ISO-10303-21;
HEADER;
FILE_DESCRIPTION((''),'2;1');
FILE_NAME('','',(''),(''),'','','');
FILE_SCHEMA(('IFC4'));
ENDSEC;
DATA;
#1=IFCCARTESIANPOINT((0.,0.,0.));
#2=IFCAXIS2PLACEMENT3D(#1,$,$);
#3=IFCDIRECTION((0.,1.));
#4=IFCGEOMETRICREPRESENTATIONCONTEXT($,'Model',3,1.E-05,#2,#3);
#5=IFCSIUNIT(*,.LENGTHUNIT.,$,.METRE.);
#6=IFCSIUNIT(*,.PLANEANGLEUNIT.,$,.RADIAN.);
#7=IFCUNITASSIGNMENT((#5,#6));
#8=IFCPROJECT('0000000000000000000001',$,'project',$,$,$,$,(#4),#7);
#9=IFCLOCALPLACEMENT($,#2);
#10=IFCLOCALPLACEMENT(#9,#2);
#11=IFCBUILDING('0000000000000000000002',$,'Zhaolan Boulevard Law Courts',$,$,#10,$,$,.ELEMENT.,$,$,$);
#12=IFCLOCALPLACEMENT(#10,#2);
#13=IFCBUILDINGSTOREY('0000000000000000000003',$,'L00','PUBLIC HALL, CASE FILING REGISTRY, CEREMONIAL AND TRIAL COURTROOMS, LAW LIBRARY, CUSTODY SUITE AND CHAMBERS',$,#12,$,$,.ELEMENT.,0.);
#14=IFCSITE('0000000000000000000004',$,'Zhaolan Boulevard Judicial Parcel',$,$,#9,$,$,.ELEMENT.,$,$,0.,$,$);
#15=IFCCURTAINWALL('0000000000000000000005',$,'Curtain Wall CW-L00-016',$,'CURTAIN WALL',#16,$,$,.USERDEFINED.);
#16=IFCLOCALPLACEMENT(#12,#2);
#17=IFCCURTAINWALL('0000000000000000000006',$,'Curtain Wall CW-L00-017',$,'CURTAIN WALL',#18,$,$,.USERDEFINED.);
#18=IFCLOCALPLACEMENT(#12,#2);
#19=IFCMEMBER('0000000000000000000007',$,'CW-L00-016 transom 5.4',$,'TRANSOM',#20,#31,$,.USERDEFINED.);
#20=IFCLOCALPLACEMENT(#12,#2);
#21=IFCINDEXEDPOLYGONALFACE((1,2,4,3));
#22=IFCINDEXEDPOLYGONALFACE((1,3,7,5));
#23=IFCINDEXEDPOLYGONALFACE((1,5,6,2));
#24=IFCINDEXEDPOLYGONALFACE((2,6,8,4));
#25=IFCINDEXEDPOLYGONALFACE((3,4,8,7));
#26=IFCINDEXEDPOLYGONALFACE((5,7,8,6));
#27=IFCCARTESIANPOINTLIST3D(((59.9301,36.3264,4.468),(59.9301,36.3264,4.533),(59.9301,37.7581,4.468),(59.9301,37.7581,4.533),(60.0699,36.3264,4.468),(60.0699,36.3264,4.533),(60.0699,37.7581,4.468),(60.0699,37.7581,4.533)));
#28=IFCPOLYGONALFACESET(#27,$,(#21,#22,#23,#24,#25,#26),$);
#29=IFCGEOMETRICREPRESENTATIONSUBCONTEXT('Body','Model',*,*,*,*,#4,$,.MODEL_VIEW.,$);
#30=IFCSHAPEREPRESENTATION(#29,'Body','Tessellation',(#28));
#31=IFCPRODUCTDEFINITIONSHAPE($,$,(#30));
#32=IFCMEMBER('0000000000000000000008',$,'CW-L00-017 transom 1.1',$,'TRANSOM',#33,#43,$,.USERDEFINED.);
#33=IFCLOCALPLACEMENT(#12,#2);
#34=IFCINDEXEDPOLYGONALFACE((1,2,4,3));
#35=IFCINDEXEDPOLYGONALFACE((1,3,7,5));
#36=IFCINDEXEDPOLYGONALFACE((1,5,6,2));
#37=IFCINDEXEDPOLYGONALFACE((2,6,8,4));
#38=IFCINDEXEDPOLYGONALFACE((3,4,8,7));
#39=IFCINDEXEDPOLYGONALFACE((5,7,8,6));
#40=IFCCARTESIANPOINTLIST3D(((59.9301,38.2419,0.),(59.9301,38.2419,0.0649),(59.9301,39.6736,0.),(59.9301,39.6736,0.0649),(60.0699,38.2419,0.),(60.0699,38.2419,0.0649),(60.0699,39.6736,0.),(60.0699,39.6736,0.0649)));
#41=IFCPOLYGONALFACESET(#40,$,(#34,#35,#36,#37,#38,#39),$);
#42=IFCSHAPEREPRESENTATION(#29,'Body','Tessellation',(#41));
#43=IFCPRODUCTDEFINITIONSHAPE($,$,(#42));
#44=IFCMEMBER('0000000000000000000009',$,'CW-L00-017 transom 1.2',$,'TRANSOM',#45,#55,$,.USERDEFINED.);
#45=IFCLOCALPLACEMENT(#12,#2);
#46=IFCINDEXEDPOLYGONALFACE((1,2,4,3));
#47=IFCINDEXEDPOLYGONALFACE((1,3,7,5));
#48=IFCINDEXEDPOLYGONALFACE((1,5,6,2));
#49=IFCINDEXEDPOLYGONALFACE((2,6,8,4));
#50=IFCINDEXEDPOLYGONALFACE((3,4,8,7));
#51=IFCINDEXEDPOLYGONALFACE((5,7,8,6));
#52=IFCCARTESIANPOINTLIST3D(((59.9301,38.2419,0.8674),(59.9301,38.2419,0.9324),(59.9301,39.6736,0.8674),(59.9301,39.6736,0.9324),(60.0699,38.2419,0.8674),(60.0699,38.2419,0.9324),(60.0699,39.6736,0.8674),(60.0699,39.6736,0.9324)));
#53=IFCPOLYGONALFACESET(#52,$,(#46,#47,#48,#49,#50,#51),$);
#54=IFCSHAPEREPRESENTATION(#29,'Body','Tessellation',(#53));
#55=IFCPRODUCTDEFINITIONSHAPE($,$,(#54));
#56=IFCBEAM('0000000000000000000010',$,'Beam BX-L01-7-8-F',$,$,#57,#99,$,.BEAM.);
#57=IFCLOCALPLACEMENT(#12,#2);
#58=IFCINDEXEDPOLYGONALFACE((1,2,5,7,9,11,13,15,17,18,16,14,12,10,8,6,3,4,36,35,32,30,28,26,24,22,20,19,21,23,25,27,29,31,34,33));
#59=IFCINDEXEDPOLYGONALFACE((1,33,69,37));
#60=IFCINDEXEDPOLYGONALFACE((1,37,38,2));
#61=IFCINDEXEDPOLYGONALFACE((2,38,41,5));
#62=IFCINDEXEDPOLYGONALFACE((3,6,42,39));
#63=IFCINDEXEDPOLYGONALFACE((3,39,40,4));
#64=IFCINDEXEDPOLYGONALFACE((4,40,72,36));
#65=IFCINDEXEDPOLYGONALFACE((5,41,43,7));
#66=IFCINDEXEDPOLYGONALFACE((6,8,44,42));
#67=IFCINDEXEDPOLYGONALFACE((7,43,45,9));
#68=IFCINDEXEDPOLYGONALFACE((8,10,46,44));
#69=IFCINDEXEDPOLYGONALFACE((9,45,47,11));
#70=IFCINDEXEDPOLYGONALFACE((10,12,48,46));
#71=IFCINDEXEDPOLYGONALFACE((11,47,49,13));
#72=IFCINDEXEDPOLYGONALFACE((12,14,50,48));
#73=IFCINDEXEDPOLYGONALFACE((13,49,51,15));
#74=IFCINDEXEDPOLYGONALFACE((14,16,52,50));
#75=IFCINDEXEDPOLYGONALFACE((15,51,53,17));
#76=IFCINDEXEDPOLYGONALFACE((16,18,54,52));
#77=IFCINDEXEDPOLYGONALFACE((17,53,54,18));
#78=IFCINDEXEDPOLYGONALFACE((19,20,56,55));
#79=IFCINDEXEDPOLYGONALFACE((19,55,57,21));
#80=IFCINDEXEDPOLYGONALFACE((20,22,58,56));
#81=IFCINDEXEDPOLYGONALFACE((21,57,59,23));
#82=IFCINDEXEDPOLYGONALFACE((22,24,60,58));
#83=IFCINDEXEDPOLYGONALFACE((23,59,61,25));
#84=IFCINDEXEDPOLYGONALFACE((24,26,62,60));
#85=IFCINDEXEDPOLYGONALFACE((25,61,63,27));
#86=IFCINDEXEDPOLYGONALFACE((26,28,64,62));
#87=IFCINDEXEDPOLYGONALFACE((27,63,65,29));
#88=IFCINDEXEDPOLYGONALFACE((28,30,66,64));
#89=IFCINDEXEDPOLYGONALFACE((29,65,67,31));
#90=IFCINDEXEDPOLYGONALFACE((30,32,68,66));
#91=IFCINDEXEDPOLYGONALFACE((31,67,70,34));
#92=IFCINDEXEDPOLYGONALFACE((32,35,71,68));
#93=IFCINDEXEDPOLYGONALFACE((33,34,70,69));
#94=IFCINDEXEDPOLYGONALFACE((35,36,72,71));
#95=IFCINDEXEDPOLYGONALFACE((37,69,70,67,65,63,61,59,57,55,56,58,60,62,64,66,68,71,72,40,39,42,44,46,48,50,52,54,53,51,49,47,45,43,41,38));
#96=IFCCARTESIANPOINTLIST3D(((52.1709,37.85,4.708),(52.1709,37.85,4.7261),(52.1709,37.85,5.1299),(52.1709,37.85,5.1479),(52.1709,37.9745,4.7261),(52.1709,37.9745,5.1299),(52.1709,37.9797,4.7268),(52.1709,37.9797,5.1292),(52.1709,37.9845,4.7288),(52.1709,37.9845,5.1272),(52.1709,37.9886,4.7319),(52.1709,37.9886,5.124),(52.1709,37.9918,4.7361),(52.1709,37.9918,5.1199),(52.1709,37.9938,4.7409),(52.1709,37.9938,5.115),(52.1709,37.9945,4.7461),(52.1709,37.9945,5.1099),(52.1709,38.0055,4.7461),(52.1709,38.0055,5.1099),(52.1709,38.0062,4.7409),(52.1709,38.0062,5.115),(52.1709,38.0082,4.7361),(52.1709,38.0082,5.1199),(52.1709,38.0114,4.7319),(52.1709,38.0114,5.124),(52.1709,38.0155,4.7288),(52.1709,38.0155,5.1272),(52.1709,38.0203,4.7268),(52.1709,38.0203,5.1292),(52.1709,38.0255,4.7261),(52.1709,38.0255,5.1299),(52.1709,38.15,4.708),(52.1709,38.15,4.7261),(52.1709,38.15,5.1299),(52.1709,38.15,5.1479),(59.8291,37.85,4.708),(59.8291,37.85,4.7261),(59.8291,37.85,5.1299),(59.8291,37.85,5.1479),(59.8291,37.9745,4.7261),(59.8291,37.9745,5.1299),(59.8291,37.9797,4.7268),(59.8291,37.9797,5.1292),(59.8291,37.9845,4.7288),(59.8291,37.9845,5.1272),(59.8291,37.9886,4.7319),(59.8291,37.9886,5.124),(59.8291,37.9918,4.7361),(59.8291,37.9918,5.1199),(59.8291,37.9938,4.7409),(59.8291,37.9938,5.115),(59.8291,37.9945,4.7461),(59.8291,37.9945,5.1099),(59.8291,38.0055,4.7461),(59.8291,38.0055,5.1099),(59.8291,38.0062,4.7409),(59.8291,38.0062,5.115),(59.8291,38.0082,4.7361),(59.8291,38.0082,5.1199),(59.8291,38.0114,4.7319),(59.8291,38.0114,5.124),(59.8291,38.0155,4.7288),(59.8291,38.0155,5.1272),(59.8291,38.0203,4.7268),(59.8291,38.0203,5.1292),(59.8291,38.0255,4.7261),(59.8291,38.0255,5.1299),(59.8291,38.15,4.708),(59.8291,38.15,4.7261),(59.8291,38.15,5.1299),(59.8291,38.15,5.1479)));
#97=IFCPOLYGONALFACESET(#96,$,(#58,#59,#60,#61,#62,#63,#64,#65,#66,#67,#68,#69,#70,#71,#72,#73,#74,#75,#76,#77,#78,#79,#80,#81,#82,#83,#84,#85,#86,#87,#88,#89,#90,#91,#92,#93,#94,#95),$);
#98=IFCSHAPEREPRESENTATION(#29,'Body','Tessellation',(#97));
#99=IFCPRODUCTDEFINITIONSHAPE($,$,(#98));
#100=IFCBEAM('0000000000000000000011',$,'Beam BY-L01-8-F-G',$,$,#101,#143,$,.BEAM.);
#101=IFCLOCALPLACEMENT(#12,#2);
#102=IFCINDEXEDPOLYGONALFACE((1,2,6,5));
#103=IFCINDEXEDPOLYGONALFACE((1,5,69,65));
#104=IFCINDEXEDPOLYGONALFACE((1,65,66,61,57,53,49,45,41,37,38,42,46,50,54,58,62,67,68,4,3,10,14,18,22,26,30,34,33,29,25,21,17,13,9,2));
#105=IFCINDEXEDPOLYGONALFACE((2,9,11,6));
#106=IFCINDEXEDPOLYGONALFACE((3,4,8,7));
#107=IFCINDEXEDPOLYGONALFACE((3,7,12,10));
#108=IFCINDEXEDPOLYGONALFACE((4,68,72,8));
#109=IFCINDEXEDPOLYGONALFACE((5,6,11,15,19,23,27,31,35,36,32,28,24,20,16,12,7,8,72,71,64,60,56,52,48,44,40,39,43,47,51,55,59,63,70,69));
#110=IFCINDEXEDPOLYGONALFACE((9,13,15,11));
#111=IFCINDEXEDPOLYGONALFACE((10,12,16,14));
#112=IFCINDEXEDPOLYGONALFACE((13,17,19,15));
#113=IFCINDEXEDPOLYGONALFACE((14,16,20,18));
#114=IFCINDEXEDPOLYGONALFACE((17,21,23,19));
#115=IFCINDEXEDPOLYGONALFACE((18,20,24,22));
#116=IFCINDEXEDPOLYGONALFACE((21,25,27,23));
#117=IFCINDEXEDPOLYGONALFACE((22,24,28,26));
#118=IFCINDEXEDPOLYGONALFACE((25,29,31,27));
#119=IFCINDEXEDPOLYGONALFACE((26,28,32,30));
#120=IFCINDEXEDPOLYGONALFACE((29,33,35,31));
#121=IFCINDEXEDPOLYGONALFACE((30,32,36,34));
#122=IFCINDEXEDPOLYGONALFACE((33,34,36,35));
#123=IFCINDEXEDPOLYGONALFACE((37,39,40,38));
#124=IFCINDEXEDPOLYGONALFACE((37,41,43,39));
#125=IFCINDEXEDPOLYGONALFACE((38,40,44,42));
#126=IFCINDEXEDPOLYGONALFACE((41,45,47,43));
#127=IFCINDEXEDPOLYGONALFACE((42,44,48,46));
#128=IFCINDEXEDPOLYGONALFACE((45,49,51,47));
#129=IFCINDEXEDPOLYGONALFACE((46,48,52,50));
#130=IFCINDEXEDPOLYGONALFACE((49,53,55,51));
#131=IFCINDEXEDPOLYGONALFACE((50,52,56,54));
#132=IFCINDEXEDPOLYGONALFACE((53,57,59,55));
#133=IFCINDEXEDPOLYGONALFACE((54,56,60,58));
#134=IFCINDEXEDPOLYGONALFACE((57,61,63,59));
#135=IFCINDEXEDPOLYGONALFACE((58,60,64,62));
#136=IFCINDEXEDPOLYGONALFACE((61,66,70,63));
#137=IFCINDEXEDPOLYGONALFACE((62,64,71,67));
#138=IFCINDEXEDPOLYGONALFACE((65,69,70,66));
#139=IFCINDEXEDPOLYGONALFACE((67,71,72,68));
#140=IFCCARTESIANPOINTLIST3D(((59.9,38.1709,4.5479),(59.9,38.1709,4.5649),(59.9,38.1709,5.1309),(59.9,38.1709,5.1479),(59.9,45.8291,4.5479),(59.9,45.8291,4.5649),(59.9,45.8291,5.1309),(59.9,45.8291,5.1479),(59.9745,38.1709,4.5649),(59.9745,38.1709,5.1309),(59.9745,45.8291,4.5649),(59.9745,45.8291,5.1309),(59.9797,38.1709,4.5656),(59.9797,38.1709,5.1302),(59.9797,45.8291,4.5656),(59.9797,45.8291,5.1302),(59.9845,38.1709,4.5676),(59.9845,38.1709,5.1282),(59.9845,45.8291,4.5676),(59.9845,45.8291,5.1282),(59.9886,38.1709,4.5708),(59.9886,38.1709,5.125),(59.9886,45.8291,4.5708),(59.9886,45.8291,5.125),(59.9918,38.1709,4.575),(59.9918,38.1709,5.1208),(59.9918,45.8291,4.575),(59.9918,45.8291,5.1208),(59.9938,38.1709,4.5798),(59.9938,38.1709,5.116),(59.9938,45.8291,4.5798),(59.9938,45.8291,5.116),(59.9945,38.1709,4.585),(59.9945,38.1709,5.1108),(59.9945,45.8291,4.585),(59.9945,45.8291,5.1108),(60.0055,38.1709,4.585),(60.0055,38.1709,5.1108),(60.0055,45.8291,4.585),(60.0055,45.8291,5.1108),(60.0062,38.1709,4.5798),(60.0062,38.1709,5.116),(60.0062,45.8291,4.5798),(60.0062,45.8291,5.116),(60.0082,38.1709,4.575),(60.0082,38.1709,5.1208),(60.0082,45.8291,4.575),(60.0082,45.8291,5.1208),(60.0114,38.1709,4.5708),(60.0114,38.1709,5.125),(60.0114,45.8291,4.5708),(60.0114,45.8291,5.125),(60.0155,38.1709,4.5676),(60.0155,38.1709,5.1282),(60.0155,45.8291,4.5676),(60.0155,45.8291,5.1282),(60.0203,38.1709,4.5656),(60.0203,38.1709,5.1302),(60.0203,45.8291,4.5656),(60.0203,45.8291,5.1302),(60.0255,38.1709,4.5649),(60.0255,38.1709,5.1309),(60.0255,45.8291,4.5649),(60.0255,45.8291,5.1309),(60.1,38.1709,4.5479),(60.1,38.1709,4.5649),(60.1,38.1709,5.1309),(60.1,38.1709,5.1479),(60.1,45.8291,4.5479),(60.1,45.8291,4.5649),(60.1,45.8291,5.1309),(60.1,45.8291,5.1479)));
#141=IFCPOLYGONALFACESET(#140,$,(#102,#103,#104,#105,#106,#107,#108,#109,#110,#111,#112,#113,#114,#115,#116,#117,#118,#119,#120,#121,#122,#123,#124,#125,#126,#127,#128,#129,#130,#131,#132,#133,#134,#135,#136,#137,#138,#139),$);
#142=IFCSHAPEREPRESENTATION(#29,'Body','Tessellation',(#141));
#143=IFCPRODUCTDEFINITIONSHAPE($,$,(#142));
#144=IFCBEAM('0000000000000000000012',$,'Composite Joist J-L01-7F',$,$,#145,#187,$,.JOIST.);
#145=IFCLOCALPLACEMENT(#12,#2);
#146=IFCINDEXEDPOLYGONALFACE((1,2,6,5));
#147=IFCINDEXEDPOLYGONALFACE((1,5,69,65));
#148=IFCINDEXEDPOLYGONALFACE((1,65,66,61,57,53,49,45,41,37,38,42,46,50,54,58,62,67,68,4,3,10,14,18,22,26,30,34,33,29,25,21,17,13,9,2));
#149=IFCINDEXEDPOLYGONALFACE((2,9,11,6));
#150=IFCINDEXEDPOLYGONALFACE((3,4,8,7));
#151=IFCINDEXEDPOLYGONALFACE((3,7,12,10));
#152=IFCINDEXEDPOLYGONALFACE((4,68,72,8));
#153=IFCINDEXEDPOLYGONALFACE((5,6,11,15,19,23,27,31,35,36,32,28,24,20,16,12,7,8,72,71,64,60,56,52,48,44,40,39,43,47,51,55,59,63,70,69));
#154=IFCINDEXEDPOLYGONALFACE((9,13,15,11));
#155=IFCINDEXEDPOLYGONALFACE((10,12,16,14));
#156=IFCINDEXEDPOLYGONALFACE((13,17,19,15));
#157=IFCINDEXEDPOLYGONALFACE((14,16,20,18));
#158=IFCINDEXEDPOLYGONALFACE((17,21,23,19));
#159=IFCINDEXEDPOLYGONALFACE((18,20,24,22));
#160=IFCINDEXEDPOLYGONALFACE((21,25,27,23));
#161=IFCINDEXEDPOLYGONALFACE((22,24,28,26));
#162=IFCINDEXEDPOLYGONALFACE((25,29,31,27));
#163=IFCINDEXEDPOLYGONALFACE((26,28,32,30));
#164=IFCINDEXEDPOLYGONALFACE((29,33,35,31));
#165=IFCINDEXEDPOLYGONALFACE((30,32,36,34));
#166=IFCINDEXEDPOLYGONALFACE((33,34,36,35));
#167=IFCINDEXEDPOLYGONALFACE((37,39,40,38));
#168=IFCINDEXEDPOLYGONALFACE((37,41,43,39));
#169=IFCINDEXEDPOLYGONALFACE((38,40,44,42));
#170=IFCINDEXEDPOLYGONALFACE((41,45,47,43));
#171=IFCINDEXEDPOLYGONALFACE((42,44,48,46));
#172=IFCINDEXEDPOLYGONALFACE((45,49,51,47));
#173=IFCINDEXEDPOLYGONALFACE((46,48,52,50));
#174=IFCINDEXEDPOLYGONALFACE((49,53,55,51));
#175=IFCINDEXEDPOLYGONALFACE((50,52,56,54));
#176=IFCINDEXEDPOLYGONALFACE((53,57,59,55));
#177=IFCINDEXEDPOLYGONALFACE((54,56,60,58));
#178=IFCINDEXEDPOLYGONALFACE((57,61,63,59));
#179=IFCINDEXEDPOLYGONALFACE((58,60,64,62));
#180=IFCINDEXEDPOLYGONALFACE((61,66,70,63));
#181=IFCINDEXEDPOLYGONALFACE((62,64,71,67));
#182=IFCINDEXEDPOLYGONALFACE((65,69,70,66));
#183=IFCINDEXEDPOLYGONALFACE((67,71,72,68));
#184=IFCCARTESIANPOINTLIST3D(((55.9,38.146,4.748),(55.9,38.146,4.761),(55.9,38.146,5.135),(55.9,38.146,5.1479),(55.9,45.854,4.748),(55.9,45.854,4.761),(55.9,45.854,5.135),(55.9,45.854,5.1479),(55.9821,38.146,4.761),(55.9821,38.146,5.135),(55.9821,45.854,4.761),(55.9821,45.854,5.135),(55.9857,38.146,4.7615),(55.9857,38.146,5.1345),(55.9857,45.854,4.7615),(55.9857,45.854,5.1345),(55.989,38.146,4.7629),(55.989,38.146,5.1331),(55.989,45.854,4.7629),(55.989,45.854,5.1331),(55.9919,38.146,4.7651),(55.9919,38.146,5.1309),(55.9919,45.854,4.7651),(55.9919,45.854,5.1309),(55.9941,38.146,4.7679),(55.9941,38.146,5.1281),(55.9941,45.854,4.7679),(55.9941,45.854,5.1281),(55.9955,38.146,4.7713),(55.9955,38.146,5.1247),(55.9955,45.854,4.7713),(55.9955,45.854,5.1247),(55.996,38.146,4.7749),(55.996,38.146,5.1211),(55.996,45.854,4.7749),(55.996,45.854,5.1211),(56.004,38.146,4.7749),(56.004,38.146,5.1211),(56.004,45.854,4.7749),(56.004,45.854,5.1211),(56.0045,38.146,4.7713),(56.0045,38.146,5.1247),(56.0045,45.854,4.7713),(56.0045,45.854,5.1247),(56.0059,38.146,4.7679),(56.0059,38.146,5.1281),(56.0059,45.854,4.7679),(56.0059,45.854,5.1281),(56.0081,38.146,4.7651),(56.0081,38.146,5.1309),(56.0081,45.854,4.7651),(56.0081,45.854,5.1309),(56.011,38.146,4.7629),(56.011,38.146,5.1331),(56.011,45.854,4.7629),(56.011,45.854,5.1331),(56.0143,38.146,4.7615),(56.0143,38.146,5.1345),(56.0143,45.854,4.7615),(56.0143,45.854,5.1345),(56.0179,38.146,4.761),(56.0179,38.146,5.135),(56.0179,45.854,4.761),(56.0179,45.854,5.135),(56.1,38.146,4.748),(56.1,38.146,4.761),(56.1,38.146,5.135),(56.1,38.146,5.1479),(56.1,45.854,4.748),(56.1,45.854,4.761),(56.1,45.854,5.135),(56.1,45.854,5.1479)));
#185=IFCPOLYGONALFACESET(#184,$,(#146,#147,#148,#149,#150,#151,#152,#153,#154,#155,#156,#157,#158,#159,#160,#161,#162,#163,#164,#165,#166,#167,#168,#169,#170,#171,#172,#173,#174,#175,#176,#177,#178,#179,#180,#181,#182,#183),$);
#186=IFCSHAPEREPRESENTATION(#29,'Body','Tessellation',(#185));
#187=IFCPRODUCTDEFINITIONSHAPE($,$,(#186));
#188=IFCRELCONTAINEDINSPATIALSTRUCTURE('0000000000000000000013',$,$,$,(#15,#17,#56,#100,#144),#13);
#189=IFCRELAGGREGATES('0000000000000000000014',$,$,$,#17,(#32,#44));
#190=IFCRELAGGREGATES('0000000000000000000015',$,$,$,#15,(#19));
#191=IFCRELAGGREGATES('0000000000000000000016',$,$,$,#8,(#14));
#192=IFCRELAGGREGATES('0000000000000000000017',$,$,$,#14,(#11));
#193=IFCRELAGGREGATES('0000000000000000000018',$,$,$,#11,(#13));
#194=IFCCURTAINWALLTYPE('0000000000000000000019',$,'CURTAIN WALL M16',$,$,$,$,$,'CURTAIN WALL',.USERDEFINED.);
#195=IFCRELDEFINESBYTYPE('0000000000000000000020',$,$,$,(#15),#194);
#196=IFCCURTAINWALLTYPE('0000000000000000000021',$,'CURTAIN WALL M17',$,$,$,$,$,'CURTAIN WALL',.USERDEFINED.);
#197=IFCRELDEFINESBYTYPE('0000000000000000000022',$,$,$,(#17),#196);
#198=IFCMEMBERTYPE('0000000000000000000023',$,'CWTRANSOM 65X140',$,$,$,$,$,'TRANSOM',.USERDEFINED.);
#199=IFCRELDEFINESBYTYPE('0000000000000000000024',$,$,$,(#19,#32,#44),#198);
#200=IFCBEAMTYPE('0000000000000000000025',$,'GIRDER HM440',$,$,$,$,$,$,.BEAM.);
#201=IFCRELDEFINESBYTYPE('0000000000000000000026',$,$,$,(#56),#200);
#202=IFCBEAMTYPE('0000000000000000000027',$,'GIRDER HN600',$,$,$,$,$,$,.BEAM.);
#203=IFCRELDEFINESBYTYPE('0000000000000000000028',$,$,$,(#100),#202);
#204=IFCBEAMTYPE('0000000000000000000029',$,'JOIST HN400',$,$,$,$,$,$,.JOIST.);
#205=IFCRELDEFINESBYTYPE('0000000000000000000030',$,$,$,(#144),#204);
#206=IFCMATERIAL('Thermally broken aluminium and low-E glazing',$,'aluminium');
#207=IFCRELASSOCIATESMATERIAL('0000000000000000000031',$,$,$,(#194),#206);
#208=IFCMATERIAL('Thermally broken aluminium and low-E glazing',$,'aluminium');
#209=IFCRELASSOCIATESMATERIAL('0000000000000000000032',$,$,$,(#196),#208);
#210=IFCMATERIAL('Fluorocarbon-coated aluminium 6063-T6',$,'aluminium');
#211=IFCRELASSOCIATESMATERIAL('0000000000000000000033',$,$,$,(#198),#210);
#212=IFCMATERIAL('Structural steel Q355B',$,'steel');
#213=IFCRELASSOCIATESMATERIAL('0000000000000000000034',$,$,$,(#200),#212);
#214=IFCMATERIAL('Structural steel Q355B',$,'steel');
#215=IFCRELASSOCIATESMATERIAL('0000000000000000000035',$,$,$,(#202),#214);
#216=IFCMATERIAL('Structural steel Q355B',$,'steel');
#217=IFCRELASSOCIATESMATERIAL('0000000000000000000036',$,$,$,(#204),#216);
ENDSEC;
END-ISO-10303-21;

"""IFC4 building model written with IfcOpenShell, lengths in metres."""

from ifc_helpers import new_model, si_unit, direction, frame, origin, origin_2d, place, context, subcontext, project, spatial, rectangle, i_section, extrude, material, material_profile, profile_set, type_object, element, aggregate, save


model = new_model("IFC4")

# Units and contexts
model_context = context("Model", 3, precision=1e-05, world=origin(), true_north=direction((0.0, 1.0)))
body_context = subcontext(model_context, "Body", "Model", "MODEL_VIEW")
ifc_project = project(units=[si_unit("LENGTHUNIT", "METRE"), si_unit("PLANEANGLEUNIT", "RADIAN")], contexts=[model_context])

# Site, building, storey
site_placement = place(None, origin())
site = spatial("IfcSite", under=ifc_project, at=site_placement, Name="Zhaolan Boulevard Judicial Parcel", CompositionType="ELEMENT", RefElevation=0.0)
building_placement = place(site_placement, origin())
building = spatial("IfcBuilding", under=site, at=building_placement, Name="Zhaolan Boulevard Law Courts", CompositionType="ELEMENT")
storey_placement = place(building_placement, origin())
storey = spatial("IfcBuildingStorey", under=building, at=storey_placement, Name="L00", Description="PUBLIC HALL, CASE FILING REGISTRY, CEREMONIAL AND TRIAL COURTROOMS, LAW LIBRARY, CUSTODY SUITE AND CHAMBERS", CompositionType="ELEMENT", Elevation=0.0)

# Curtain wall
ifc_material_1 = material(Name="Thermally broken aluminium and low-E glazing", Category="aluminium")
curtain_wall_type_1 = type_object("IfcCurtainWallType", Name="CURTAIN WALL M16", ElementType="CURTAIN WALL", PredefinedType="USERDEFINED", material=ifc_material_1)
curtain_wall_1_placement = place(storey_placement, origin())
curtain_wall_1 = element("IfcCurtainWall", 1, at=curtain_wall_1_placement, inside=storey, type_object=curtain_wall_type_1, Name="Curtain Wall CW-L00-016", ObjectType="CURTAIN WALL", PredefinedType="USERDEFINED")

# Curtain wall
ifc_material_2 = material(Name="Thermally broken aluminium and low-E glazing", Category="aluminium")
curtain_wall_type_2 = type_object("IfcCurtainWallType", Name="CURTAIN WALL M17", ElementType="CURTAIN WALL", PredefinedType="USERDEFINED", material=ifc_material_2)
curtain_wall_2_placement = place(storey_placement, origin())
curtain_wall_2 = element("IfcCurtainWall", 2, at=curtain_wall_2_placement, inside=storey, type_object=curtain_wall_type_2, Name="Curtain Wall CW-L00-017", ObjectType="CURTAIN WALL", PredefinedType="USERDEFINED")

# Members
ifc_material_3 = material(Name="Fluorocarbon-coated aluminium 6063-T6", Category="aluminium")
ifc_material_profile_1 = material_profile(ifc_material_3, rectangle(XDim=0.1399, YDim=0.0649, at=origin_2d()), Name="AL65x140")
ifc_profile_set_1 = profile_set([ifc_material_profile_1], Name="Fluorocarbon-coated aluminium 6063-T6")
member_type_1 = type_object("IfcMemberType", Name="CWTRANSOM 65X140", ElementType="TRANSOM", PredefinedType="USERDEFINED", material=ifc_profile_set_1)
member_1_placement = place(storey_placement, frame((60.0, 36.3264, 4.5005), z_axis=(0.0, 1.0, 0.0), x_axis=(-1.0, 0.0, 0.0)))
member_1 = element("IfcMember", 3, at=member_1_placement, type_object=member_type_1, Name="CW-L00-016 transom 5.4", ObjectType="TRANSOM", PredefinedType="USERDEFINED", context=body_context, shape_type="SweptSolid", body=[
    extrude(rectangle(XDim=0.1399, YDim=0.0649, at=origin_2d()), origin(), (0.0, 0.0, 1.0), 1.4316),
])
member_2_placement = place(storey_placement, frame((60.0, 38.2419, 0.0325), z_axis=(0.0, 1.0, 0.0), x_axis=(-1.0, 0.0, 0.0)))
member_2 = element("IfcMember", 4, at=member_2_placement, type_object=member_type_1, Name="CW-L00-017 transom 1.1", ObjectType="TRANSOM", PredefinedType="USERDEFINED", context=body_context, shape_type="SweptSolid", body=[
    extrude(rectangle(XDim=0.1399, YDim=0.0649, at=origin_2d()), origin(), (0.0, 0.0, 1.0), 1.4316),
])
member_3_placement = place(storey_placement, frame((60.0, 38.2419, 0.8999), z_axis=(0.0, 1.0, 0.0), x_axis=(-1.0, 0.0, 0.0)))
member_3 = element("IfcMember", 5, at=member_3_placement, type_object=member_type_1, Name="CW-L00-017 transom 1.2", ObjectType="TRANSOM", PredefinedType="USERDEFINED", context=body_context, shape_type="SweptSolid", body=[
    extrude(rectangle(XDim=0.1399, YDim=0.0649, at=origin_2d()), origin(), (0.0, 0.0, 1.0), 1.4316),
])
aggregate(curtain_wall_2, [member_2, member_3])

# Beams
ifc_material_4 = material(Name="Structural steel Q355B", Category="steel")
ifc_material_profile_2 = material_profile(ifc_material_4, i_section(OverallWidth=0.3, OverallDepth=0.4399, WebThickness=0.011, FlangeThickness=0.0181, FilletRadius=0.02, at=origin_2d()), Name="HM440x300")
ifc_profile_set_2 = profile_set([ifc_material_profile_2], Name="Structural steel Q355B")
beam_type_1 = type_object("IfcBeamType", Name="GIRDER HM440", PredefinedType="BEAM", material=ifc_profile_set_2)
beam_1_placement = place(storey_placement, frame((52.1709, 38.0, 4.928), z_axis=(1.0, 0.0, 0.0), x_axis=(0.0, 1.0, 0.0)))
element("IfcBeam", 6, at=beam_1_placement, inside=storey, type_object=beam_type_1, Name="Beam BX-L01-7-8-F", PredefinedType="BEAM", context=body_context, shape_type="SweptSolid", body=[
    extrude(i_section(OverallWidth=0.3, OverallDepth=0.4399, WebThickness=0.011, FlangeThickness=0.0181, FilletRadius=0.02, at=origin_2d()), origin(), (0.0, 0.0, 1.0), 7.6582),
])
ifc_material_5 = material(Name="Structural steel Q355B", Category="steel")
ifc_material_profile_3 = material_profile(ifc_material_5, i_section(OverallWidth=0.2, OverallDepth=0.6001, WebThickness=0.011, FlangeThickness=0.0171, FilletRadius=0.02, at=origin_2d()), Name="HN600x200")
ifc_profile_set_3 = profile_set([ifc_material_profile_3], Name="Structural steel Q355B")
beam_type_2 = type_object("IfcBeamType", Name="GIRDER HN600", PredefinedType="BEAM", material=ifc_profile_set_3)
beam_2_placement = place(storey_placement, frame((60.0, 38.1709, 4.8479), z_axis=(0.0, 1.0, 0.0), x_axis=(-1.0, 0.0, 0.0)))
element("IfcBeam", 7, at=beam_2_placement, inside=storey, type_object=beam_type_2, Name="Beam BY-L01-8-F-G", PredefinedType="BEAM", context=body_context, shape_type="SweptSolid", body=[
    extrude(i_section(OverallWidth=0.2, OverallDepth=0.6001, WebThickness=0.011, FlangeThickness=0.0171, FilletRadius=0.02, at=origin_2d()), origin(), (0.0, 0.0, 1.0), 7.6582),
])
ifc_material_6 = material(Name="Structural steel Q355B", Category="steel")
ifc_material_profile_4 = material_profile(ifc_material_6, i_section(OverallWidth=0.2, OverallDepth=0.3999, WebThickness=0.0081, FlangeThickness=0.0129, FilletRadius=0.0139, at=origin_2d()), Name="HN400x200")
ifc_profile_set_4 = profile_set([ifc_material_profile_4], Name="Structural steel Q355B")
beam_type_3 = type_object("IfcBeamType", Name="JOIST HN400", PredefinedType="JOIST", material=ifc_profile_set_4)
beam_3_placement = place(storey_placement, frame((56.0, 38.146, 4.948), z_axis=(0.0, 1.0, 0.0), x_axis=(-1.0, 0.0, 0.0)))
element("IfcBeam", 8, at=beam_3_placement, inside=storey, type_object=beam_type_3, Name="Composite Joist J-L01-7F", PredefinedType="JOIST", context=body_context, shape_type="SweptSolid", body=[
    extrude(i_section(OverallWidth=0.2, OverallDepth=0.3999, WebThickness=0.0081, FlangeThickness=0.0129, FilletRadius=0.0139, at=origin_2d()), origin(), (0.0, 0.0, 1.0), 7.708),
])

aggregate(curtain_wall_1, [member_1])

save(model, "model.ifc")
